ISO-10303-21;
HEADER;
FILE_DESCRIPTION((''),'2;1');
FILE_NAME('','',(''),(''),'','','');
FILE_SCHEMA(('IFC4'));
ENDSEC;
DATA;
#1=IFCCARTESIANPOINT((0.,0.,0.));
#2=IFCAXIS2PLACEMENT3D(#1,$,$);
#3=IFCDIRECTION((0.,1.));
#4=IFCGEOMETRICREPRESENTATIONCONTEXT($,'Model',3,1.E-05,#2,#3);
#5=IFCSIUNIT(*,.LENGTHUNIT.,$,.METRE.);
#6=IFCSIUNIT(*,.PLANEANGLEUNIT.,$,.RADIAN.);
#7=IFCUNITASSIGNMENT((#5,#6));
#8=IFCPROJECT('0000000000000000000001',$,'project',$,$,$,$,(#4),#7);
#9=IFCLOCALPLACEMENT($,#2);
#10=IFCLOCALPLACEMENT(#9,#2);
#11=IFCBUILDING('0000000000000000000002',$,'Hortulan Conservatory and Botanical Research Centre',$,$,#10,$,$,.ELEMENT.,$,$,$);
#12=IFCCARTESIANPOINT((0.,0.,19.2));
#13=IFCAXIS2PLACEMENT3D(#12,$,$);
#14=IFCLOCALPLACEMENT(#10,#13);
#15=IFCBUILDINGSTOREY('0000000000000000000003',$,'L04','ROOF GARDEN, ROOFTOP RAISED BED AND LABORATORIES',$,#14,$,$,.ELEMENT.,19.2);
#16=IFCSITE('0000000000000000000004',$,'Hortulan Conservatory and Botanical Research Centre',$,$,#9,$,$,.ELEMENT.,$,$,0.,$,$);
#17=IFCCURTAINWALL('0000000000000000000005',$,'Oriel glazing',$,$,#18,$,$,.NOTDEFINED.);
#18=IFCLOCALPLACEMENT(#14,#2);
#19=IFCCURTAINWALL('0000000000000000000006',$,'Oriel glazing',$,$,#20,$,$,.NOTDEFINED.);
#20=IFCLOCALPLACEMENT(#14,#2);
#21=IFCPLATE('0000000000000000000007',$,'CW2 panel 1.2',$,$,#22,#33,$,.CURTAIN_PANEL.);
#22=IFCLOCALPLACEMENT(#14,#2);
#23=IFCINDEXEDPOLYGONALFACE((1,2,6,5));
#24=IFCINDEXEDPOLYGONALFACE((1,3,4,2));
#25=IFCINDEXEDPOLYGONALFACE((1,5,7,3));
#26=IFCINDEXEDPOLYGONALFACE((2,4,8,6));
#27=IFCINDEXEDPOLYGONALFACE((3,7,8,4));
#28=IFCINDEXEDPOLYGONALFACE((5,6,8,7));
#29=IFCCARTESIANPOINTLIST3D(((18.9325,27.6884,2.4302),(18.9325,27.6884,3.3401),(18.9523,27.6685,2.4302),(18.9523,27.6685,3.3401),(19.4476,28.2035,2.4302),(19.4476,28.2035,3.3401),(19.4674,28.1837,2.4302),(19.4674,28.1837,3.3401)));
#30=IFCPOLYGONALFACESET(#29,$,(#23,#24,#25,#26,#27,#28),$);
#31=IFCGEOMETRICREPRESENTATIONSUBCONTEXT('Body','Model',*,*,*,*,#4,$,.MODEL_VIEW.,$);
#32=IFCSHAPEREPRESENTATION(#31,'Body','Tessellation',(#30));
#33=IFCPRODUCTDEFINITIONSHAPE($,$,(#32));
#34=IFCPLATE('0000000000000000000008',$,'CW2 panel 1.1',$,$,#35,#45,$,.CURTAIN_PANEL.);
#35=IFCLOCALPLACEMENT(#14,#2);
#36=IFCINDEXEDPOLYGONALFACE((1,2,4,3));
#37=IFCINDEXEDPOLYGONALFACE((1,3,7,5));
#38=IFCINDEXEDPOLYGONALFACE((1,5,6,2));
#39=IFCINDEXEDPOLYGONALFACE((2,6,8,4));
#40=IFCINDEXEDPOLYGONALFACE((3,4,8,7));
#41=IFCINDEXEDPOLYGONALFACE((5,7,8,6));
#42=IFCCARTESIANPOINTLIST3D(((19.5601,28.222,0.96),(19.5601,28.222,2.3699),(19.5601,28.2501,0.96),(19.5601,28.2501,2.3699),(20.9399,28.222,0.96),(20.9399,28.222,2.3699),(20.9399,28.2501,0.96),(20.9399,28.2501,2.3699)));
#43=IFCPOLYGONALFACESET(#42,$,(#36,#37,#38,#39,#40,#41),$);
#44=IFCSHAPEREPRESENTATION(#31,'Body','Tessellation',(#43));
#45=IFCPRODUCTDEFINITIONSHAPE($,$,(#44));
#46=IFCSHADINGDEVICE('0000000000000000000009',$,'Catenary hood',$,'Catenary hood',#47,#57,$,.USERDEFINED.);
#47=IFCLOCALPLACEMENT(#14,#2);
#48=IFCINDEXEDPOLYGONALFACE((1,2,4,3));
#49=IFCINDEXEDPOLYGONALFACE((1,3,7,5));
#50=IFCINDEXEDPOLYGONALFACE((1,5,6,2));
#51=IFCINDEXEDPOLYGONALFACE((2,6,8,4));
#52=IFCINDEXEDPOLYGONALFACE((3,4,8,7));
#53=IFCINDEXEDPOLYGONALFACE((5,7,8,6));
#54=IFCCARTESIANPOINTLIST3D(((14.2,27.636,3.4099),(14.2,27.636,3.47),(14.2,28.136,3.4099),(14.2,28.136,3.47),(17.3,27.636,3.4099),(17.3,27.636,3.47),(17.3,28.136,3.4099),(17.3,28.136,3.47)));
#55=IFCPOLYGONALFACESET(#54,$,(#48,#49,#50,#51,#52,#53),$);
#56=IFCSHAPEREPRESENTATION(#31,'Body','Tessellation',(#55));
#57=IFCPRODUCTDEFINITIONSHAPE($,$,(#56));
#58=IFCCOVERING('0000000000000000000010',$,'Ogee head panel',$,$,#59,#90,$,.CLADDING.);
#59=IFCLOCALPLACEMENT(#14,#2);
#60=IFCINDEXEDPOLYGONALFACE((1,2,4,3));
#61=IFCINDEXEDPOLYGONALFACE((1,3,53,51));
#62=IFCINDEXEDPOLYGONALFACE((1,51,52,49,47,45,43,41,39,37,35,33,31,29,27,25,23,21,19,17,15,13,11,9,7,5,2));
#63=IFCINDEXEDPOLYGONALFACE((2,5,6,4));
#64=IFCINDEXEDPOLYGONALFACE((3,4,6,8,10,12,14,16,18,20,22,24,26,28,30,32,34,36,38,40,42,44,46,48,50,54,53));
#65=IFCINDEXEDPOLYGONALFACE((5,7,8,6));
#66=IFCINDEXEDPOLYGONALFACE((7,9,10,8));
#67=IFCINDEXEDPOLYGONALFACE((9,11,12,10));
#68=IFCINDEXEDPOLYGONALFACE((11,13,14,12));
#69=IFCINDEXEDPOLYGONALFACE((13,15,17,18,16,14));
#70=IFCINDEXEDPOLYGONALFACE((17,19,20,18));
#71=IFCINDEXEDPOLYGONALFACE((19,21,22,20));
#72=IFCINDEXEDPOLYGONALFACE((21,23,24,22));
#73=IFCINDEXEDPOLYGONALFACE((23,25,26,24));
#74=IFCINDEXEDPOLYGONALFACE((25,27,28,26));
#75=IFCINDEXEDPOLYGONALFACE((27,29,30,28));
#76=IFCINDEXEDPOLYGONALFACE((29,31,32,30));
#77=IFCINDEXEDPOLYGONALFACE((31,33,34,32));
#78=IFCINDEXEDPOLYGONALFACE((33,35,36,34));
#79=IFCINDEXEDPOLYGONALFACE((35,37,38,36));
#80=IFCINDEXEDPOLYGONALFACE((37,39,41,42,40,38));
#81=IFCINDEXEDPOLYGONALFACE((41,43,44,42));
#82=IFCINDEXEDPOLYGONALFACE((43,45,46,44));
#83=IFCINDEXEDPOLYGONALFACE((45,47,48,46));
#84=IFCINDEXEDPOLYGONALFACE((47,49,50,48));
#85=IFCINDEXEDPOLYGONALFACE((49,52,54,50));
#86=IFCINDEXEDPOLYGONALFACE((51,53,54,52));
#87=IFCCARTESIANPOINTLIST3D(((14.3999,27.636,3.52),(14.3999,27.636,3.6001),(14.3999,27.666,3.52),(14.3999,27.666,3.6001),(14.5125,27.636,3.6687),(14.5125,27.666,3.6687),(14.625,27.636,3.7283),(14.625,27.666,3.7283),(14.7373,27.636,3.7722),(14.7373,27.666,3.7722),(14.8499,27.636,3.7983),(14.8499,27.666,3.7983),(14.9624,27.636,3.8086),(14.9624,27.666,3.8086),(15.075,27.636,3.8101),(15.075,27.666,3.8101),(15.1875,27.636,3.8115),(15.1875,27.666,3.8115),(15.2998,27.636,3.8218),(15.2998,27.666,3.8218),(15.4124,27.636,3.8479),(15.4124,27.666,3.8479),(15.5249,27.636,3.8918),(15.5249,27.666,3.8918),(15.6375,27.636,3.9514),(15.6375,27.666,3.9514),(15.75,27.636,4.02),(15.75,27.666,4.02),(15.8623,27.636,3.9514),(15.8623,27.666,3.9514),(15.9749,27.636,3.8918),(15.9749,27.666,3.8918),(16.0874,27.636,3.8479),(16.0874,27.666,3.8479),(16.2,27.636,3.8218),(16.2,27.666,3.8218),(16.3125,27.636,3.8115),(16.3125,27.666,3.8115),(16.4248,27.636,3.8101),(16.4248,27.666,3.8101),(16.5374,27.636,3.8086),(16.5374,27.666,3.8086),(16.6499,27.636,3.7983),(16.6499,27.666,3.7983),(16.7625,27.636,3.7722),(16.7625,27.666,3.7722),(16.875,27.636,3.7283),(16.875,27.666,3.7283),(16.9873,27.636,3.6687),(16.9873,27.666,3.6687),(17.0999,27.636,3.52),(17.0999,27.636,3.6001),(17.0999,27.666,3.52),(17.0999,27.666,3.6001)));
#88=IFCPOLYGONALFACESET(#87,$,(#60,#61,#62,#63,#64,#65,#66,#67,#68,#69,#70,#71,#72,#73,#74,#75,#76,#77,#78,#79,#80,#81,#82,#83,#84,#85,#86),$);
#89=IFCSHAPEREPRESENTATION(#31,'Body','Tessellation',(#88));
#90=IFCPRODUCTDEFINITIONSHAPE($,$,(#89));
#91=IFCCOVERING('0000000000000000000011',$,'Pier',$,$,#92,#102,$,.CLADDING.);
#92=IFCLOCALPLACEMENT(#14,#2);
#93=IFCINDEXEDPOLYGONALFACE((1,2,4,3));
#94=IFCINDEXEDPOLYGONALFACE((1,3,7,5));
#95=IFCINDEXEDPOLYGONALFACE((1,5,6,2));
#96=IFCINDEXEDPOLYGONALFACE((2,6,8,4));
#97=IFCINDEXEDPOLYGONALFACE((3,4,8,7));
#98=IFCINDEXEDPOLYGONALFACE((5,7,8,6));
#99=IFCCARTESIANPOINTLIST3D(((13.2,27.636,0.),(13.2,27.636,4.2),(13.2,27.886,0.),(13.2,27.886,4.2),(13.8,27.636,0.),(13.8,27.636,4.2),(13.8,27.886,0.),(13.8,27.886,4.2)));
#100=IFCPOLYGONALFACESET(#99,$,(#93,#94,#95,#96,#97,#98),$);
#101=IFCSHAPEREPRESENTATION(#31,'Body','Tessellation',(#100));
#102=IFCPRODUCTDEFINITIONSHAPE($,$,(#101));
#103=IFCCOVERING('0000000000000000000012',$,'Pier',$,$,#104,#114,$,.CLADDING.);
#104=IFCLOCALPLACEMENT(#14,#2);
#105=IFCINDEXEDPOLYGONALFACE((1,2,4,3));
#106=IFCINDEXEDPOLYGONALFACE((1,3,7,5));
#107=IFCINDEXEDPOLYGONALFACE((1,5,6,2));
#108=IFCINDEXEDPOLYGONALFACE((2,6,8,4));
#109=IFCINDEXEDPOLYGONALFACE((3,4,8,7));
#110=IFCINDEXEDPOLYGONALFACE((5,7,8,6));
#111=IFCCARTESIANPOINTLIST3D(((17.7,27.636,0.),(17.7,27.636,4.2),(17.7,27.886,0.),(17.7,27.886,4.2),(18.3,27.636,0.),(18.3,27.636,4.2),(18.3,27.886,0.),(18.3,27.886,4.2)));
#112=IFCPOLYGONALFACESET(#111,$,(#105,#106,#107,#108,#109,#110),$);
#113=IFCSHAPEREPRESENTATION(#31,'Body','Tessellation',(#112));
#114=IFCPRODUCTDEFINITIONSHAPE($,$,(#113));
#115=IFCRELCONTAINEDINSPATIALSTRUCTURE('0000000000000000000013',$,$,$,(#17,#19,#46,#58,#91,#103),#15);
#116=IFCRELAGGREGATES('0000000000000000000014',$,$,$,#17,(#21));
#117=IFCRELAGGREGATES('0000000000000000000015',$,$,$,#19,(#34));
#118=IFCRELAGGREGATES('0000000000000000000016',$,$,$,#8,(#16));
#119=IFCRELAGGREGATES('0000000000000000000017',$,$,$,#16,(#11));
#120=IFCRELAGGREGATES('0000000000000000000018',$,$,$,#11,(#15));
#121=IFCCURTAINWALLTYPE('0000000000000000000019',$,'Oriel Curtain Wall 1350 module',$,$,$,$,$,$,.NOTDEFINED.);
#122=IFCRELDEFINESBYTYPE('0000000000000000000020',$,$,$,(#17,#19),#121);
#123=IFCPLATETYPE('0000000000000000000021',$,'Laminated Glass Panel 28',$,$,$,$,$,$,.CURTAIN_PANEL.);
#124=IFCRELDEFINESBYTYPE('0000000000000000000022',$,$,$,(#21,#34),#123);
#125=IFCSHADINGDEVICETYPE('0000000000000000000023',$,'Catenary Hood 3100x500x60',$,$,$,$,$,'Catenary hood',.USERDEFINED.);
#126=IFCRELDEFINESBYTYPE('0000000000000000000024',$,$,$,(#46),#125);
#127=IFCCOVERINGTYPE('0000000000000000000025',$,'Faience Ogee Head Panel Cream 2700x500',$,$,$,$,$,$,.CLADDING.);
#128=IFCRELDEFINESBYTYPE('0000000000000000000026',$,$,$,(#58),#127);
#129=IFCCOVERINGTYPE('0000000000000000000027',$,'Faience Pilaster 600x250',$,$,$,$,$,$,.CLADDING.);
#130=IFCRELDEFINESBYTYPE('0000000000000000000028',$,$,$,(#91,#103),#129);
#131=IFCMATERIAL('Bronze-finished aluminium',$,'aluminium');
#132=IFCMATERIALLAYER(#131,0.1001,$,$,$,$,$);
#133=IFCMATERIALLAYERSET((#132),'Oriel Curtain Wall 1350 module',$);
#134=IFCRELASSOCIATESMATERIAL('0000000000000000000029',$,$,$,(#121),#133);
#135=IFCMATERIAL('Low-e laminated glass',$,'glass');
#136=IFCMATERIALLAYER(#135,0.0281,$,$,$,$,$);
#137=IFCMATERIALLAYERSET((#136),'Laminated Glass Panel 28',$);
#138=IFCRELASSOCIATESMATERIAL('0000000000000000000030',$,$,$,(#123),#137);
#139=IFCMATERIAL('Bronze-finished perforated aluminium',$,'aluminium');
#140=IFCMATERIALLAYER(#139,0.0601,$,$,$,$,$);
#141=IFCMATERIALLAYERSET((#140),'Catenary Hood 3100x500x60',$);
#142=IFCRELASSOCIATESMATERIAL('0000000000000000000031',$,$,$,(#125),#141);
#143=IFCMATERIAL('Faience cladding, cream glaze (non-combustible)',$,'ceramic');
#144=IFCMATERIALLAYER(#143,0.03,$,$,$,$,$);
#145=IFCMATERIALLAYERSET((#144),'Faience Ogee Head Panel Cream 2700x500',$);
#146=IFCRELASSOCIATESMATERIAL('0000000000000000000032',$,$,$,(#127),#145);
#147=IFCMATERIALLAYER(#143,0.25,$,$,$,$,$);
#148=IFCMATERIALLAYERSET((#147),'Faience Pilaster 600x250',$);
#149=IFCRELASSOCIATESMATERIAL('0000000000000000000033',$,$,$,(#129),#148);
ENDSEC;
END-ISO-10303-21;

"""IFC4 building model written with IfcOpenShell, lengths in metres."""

from ifc_helpers import new_model, si_unit, direction, frame, origin, origin_2d, place, context, subcontext, project, spatial, polyline, rectangle, outline, extrude, material, layer, layer_set, type_object, element, aggregate, save


model = new_model("IFC4")

# Units and contexts
model_context = context("Model", 3, precision=1e-05, world=origin(), true_north=direction((0.0, 1.0)))
body_context = subcontext(model_context, "Body", "Model", "MODEL_VIEW")
ifc_project = project(units=[si_unit("LENGTHUNIT", "METRE"), si_unit("PLANEANGLEUNIT", "RADIAN")], contexts=[model_context])

# Site, building, storey
site_placement = place(None, origin())
site = spatial("IfcSite", under=ifc_project, at=site_placement, Name="Hortulan Conservatory and Botanical Research Centre", CompositionType="ELEMENT", RefElevation=0.0)
building_placement = place(site_placement, origin())
building = spatial("IfcBuilding", under=site, at=building_placement, Name="Hortulan Conservatory and Botanical Research Centre", CompositionType="ELEMENT")
storey_placement = place(building_placement, frame((0.0, 0.0, 19.2)))
storey = spatial("IfcBuildingStorey", under=building, at=storey_placement, Name="L04", Description="ROOF GARDEN, ROOFTOP RAISED BED AND LABORATORIES", CompositionType="ELEMENT", Elevation=19.2)

# Shared definitions
ifc_material_1 = material(Name="Bronze-finished aluminium", Category="aluminium")
ifc_layer_1 = layer(ifc_material_1, 0.1001)
ifc_layer_set_1 = layer_set([ifc_layer_1], Name="Oriel Curtain Wall 1350 module")
curtain_wall_type = type_object("IfcCurtainWallType", Name="Oriel Curtain Wall 1350 module", PredefinedType="NOTDEFINED", material=ifc_layer_set_1)

# Curtain wall
curtain_wall_1_placement = place(storey_placement, origin())
curtain_wall_1 = element("IfcCurtainWall", 1, at=curtain_wall_1_placement, inside=storey, type_object=curtain_wall_type, Name="Oriel glazing", PredefinedType="NOTDEFINED")

# Curtain wall
curtain_wall_2_placement = place(storey_placement, origin())
curtain_wall_2 = element("IfcCurtainWall", 2, at=curtain_wall_2_placement, inside=storey, type_object=curtain_wall_type, Name="Oriel glazing", PredefinedType="NOTDEFINED")

# Plates
ifc_material_2 = material(Name="Low-e laminated glass", Category="glass")
ifc_layer_2 = layer(ifc_material_2, 0.0281)
ifc_layer_set_2 = layer_set([ifc_layer_2], Name="Laminated Glass Panel 28")
plate_type = type_object("IfcPlateType", Name="Laminated Glass Panel 28", PredefinedType="CURTAIN_PANEL", material=ifc_layer_set_2)
plate_1_placement = place(storey_placement, frame((19.2, 27.936, 2.4302), z_axis=(0.0, 0.0, 1.0), x_axis=(0.707107, 0.707107, 0.0)))
plate_1 = element("IfcPlate", 3, at=plate_1_placement, type_object=plate_type, Name="CW2 panel 1.2", PredefinedType="CURTAIN_PANEL", context=body_context, shape_type="SweptSolid", body=[
    extrude(rectangle(XDim=0.7285, YDim=0.0281, at=origin_2d()), origin(), (0.0, 0.0, 1.0), 0.9099),
])
aggregate(curtain_wall_1, [plate_1])
plate_2_placement = place(storey_placement, frame((20.25, 28.2361, 0.96), z_axis=(0.0, 0.0, 1.0), x_axis=(1.0, 0.0, 0.0)))
plate_2 = element("IfcPlate", 4, at=plate_2_placement, type_object=plate_type, Name="CW2 panel 1.1", PredefinedType="CURTAIN_PANEL", context=body_context, shape_type="SweptSolid", body=[
    extrude(rectangle(XDim=1.3799, YDim=0.0281, at=origin_2d()), origin(), (0.0, 0.0, 1.0), 1.4099),
])
aggregate(curtain_wall_2, [plate_2])

# Shading device
ifc_material_3 = material(Name="Bronze-finished perforated aluminium", Category="aluminium")
ifc_layer_3 = layer(ifc_material_3, 0.0601)
ifc_layer_set_3 = layer_set([ifc_layer_3], Name="Catenary Hood 3100x500x60")
shading_device_type = type_object("IfcShadingDeviceType", Name="Catenary Hood 3100x500x60", ElementType="Catenary hood", PredefinedType="USERDEFINED", material=ifc_layer_set_3)
shading_device_placement = place(storey_placement, frame((15.75, 27.886, 3.4099), z_axis=(0.0, 0.0, 1.0), x_axis=(1.0, 0.0, 0.0)))
element("IfcShadingDevice", 5, at=shading_device_placement, inside=storey, type_object=shading_device_type, Name="Catenary hood", ObjectType="Catenary hood", PredefinedType="USERDEFINED", context=body_context, shape_type="SweptSolid", body=[
    extrude(rectangle(XDim=3.1001, YDim=0.5, at=origin_2d()), origin(), (0.0, 0.0, 1.0), 0.0601),
])

# Coverings
ifc_material_4 = material(Name="Faience cladding, cream glaze (non-combustible)", Category="ceramic")
ifc_layer_4 = layer(ifc_material_4, 0.03)
ifc_layer_set_4 = layer_set([ifc_layer_4], Name="Faience Ogee Head Panel Cream 2700x500")
covering_type_1 = type_object("IfcCoveringType", Name="Faience Ogee Head Panel Cream 2700x500", PredefinedType="CLADDING", material=ifc_layer_set_4)
covering_placement = place(storey_placement, frame((14.3999, 27.6509, 3.52), z_axis=(0.0, 0.0, 1.0), x_axis=(1.0, 0.0, 0.0)))
element("IfcCovering", 6, at=covering_placement, inside=storey, type_object=covering_type_1, Name="Ogee head panel", PredefinedType="CLADDING", context=body_context, shape_type="SweptSolid", body=[
    extrude(outline(polyline([(0.0, 0.0), (2.7, 0.0), (2.7, 0.0801), (2.5874, 0.1487), (2.4751, 0.2083), (2.3625, 0.2522), (2.25, 0.2783), (2.1375, 0.2886), (2.0249, 0.29), (1.9126, 0.2915), (1.8, 0.3018), (1.6875, 0.3279), (1.575, 0.3718), (1.4624, 0.4314), (1.3501, 0.5), (1.2375, 0.4314), (1.125, 0.3718), (1.0125, 0.3279), (0.8999, 0.3018), (0.7876, 0.2915), (0.675, 0.29), (0.5625, 0.2886), (0.45, 0.2783), (0.3374, 0.2522), (0.2251, 0.2083), (0.1125, 0.1487), (0.0, 0.0801), (0.0, 0.0)])), frame((0.0, 0.0151, 0.0), z_axis=(0.0, -1.0, 0.0), x_axis=(1.0, 0.0, 0.0)), (0.0, 0.0, 1.0), 0.03),
])
ifc_layer_5 = layer(ifc_material_4, 0.25)
ifc_layer_set_5 = layer_set([ifc_layer_5], Name="Faience Pilaster 600x250")
covering_type_2 = type_object("IfcCoveringType", Name="Faience Pilaster 600x250", PredefinedType="CLADDING", material=ifc_layer_set_5)
for number, where, z_axis, x_axis, name in (
    (7, (13.5, 27.761, 0.0), (0.0, 0.0, 1.0), (1.0, 0.0, 0.0), "Pier"),
    (8, (18.0, 27.761, 0.0), (0.0, 0.0, 1.0), (1.0, 0.0, 0.0), "Pier"),
):
    element("IfcCovering", number, at=place(storey_placement, frame(where, z_axis=z_axis, x_axis=x_axis)), inside=storey, type_object=covering_type_2, Name=name, PredefinedType="CLADDING", context=body_context, shape_type="SweptSolid", body=[
        extrude(rectangle(XDim=0.6001, YDim=0.25, at=origin_2d()), origin(), (0.0, 0.0, 1.0), 4.2),
    ])

save(model, "model.ifc")
